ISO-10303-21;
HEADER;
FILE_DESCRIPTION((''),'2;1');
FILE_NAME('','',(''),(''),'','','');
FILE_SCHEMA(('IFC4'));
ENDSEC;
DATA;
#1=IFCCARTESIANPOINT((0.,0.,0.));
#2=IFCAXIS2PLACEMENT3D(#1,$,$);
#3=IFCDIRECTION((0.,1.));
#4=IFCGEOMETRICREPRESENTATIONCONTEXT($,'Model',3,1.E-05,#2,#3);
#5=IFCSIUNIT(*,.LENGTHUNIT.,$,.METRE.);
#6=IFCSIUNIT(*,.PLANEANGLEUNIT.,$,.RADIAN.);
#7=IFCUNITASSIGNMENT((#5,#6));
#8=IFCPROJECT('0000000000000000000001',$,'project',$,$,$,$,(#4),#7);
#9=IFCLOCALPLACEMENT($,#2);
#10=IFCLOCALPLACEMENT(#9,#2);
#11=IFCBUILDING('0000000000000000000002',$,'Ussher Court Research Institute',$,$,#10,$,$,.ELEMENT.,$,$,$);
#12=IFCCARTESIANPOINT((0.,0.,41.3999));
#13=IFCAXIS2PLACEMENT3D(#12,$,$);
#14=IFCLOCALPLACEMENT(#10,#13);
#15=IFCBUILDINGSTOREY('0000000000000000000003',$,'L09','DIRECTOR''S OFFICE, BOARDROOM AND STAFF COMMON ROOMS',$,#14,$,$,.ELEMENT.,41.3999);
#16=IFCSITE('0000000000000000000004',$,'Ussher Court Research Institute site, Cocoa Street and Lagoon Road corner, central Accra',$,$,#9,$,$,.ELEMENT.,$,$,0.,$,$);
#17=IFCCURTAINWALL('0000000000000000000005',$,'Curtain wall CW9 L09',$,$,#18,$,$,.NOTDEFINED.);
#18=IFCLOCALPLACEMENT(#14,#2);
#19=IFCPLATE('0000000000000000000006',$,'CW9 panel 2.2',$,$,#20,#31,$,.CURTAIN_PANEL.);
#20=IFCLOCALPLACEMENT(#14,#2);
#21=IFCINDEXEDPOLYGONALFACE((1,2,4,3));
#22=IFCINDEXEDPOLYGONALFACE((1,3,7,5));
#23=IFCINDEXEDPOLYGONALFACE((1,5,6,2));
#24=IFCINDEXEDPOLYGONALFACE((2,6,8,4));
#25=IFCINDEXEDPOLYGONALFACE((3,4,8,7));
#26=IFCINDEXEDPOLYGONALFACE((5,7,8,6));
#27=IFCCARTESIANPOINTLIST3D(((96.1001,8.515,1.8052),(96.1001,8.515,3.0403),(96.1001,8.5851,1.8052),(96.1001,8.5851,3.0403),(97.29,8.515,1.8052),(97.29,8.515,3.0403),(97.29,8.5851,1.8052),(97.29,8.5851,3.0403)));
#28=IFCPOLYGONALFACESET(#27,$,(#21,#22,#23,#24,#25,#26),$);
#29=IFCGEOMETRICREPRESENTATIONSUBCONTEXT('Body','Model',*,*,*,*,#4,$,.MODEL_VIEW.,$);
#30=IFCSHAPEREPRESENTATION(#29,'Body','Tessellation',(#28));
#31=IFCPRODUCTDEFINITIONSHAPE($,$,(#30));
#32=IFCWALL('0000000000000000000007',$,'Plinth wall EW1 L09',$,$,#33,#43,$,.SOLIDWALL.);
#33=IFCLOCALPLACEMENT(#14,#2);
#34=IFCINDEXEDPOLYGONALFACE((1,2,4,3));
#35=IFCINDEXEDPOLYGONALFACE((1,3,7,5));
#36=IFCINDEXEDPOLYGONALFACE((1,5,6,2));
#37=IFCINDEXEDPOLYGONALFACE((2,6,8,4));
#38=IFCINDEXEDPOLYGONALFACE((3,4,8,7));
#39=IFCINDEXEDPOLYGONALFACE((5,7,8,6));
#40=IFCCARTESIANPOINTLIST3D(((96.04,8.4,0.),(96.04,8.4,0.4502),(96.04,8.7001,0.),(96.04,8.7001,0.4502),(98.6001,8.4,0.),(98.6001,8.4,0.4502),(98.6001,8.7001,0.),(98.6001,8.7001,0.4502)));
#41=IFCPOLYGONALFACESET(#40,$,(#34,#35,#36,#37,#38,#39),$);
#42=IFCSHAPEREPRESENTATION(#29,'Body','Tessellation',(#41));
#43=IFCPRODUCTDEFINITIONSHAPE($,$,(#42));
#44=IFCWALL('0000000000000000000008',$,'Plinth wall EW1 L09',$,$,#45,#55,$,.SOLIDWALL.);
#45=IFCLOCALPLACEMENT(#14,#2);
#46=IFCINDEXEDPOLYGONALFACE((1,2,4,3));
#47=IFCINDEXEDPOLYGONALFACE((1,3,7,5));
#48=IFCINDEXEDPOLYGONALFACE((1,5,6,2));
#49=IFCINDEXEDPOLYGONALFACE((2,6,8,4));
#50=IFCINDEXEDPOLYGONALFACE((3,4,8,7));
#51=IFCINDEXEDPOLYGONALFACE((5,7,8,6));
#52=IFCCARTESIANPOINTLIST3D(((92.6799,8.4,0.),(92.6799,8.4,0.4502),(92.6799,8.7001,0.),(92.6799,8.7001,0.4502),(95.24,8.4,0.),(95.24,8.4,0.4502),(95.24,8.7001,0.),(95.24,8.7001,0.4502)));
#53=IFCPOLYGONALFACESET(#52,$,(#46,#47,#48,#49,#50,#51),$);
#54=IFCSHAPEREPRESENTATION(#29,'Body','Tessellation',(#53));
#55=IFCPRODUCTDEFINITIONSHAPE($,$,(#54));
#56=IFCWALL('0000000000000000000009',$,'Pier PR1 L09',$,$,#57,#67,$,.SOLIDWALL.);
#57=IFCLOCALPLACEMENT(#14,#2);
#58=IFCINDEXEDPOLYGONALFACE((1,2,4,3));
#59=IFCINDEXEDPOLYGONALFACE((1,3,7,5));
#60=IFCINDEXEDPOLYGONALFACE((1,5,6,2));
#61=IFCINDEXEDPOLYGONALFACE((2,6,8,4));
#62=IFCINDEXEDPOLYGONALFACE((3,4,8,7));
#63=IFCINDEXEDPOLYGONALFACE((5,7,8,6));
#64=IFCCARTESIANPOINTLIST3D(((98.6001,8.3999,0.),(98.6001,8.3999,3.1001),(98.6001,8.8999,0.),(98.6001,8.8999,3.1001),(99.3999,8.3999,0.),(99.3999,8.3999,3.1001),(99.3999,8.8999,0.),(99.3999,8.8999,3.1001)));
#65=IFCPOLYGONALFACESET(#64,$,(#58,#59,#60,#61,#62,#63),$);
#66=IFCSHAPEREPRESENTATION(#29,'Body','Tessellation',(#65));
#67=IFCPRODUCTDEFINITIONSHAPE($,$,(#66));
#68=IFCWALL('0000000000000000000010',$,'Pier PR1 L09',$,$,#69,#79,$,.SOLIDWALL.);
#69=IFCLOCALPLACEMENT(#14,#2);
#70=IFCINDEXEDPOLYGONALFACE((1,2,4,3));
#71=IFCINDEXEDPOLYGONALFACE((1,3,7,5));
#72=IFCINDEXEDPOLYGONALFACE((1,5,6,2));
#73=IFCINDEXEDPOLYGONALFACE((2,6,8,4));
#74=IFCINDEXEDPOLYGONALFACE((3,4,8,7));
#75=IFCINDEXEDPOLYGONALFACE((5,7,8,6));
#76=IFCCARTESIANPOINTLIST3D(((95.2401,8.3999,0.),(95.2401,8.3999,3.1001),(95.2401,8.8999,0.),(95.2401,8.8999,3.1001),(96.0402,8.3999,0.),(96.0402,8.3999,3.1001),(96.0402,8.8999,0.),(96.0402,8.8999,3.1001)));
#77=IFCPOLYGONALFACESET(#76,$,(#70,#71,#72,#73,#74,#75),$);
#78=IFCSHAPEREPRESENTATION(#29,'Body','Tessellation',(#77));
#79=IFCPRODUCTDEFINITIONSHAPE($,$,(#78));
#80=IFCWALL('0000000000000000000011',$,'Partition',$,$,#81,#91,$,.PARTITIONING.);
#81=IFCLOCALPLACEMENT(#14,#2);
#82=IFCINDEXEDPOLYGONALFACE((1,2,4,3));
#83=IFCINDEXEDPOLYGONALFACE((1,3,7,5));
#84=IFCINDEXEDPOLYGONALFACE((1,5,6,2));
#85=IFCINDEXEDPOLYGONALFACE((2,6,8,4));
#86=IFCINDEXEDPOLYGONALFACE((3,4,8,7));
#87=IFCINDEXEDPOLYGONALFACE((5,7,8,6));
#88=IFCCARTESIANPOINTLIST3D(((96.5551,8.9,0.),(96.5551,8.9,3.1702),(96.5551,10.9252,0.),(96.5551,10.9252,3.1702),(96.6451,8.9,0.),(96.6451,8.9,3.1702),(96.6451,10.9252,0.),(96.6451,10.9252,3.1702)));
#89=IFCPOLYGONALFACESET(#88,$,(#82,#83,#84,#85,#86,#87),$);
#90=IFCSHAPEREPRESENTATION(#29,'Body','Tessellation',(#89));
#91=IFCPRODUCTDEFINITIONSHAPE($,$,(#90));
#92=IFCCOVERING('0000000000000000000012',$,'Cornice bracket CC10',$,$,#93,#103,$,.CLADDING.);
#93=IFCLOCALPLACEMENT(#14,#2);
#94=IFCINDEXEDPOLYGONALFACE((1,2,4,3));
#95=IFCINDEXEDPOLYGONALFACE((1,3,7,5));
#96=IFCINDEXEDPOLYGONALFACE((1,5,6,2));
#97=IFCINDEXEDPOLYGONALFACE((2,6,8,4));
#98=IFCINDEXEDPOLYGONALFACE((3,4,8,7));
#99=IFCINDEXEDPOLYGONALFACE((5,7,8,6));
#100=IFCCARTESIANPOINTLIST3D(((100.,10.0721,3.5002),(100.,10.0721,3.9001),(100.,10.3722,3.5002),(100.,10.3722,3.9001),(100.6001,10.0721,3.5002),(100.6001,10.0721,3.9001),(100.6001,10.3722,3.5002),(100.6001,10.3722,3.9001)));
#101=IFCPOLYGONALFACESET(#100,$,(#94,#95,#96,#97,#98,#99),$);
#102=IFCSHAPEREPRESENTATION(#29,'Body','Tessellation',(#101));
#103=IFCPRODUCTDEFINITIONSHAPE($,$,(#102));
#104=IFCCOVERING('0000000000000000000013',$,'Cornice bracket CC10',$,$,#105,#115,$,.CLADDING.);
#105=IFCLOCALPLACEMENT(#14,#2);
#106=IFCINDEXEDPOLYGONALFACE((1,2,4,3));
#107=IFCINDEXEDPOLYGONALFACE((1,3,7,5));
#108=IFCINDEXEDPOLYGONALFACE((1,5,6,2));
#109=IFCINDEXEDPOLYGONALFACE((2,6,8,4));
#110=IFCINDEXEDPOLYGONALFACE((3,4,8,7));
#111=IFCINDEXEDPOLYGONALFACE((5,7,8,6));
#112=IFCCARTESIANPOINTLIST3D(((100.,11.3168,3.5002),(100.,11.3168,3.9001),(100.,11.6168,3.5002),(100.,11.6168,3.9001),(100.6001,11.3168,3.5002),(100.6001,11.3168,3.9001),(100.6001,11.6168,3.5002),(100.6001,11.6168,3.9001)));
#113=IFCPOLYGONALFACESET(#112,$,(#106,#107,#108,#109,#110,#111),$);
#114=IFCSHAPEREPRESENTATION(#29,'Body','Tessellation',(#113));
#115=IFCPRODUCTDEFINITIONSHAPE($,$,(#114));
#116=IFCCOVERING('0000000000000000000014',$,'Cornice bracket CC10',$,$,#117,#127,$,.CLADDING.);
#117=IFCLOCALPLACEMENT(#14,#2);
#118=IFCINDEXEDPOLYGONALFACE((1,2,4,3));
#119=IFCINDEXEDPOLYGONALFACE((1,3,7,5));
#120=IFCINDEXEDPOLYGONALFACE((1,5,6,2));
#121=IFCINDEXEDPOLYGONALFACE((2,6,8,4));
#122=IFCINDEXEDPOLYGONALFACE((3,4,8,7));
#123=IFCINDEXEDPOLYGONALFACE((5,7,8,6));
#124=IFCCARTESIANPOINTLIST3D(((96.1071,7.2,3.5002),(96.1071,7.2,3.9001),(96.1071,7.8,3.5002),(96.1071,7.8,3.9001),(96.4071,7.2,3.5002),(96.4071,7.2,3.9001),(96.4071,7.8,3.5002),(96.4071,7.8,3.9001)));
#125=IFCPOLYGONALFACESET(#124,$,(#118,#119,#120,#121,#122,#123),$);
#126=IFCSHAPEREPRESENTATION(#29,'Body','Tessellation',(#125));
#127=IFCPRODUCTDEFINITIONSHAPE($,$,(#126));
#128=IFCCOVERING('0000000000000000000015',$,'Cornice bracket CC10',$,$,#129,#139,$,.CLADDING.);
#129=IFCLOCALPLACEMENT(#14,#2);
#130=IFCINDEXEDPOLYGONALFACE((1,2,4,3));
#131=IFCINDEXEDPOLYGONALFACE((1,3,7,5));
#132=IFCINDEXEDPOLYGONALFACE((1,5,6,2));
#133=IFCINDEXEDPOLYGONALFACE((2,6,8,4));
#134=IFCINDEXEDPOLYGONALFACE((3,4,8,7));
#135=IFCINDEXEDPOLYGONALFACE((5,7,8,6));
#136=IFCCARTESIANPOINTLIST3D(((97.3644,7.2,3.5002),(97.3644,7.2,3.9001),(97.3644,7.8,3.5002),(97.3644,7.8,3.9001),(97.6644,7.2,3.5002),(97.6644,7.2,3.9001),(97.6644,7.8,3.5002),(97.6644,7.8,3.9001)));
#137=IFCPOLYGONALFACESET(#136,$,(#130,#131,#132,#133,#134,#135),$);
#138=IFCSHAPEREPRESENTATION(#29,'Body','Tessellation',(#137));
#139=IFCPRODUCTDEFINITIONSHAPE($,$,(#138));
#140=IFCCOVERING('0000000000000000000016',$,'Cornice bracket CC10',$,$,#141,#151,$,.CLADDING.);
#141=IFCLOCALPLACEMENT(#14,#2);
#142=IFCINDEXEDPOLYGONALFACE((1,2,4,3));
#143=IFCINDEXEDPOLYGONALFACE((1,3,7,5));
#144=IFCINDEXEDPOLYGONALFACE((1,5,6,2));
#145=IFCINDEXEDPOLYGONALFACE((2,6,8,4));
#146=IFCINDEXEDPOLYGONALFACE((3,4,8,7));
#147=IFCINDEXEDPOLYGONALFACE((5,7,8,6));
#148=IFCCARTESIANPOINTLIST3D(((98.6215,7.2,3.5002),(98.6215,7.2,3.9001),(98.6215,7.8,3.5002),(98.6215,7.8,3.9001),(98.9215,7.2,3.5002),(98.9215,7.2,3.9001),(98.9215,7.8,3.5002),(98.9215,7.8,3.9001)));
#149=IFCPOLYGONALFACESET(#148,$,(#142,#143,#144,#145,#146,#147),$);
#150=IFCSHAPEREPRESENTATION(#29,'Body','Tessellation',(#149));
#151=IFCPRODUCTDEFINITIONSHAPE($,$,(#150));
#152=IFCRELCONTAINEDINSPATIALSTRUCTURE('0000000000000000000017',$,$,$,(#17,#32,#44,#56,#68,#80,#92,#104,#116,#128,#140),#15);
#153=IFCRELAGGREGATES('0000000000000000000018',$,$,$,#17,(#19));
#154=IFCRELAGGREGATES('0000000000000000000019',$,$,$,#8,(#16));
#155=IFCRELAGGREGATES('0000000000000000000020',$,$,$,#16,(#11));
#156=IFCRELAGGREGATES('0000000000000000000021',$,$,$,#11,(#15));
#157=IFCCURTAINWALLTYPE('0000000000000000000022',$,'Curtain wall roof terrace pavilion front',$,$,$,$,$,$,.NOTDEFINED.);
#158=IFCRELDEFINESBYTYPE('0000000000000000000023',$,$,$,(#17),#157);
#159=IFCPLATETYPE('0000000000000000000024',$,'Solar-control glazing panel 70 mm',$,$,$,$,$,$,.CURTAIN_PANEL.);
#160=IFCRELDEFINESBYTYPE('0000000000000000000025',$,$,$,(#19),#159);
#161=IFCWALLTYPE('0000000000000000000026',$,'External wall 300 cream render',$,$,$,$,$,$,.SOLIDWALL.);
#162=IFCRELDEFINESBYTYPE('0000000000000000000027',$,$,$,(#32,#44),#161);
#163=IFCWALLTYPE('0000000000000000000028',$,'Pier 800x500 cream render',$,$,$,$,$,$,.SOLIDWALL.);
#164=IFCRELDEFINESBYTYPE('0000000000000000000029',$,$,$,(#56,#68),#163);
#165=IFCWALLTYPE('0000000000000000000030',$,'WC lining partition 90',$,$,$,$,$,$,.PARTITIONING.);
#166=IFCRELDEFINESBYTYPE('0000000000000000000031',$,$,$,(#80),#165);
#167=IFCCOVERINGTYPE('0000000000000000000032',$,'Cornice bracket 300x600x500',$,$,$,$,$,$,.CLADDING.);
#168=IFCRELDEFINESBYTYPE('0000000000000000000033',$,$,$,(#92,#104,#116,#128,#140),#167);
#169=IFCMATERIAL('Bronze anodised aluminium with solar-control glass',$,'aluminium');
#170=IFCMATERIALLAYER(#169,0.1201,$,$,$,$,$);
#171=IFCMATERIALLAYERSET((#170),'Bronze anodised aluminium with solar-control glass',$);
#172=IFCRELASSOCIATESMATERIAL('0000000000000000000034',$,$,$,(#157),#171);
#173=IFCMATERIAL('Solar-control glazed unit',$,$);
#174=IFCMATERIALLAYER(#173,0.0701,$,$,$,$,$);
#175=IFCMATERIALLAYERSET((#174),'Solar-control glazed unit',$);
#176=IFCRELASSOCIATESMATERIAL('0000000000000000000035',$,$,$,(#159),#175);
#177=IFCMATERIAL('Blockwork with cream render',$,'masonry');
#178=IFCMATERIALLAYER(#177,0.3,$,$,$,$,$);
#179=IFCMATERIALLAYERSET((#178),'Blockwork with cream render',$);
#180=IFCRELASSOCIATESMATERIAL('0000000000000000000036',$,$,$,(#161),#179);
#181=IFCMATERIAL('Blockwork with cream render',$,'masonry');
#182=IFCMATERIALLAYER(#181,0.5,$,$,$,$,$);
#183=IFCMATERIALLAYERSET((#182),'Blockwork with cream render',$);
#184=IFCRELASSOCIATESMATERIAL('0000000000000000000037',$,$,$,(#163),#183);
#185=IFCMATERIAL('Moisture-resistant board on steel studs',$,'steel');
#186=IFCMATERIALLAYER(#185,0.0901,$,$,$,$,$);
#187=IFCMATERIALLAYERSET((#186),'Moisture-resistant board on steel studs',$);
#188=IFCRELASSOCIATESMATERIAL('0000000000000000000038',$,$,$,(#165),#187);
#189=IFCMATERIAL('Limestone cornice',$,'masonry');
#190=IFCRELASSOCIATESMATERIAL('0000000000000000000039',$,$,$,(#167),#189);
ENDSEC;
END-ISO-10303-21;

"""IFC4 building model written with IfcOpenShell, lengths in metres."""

from ifc_helpers import new_model, si_unit, direction, frame, frame_2d, origin, origin_2d, place, context, subcontext, project, spatial, rectangle, extrude, material, layer, layer_set, type_object, element, aggregate, save


model = new_model("IFC4")

# Units and contexts
model_context = context("Model", 3, precision=1e-05, world=origin(), true_north=direction((0.0, 1.0)))
body_context = subcontext(model_context, "Body", "Model", "MODEL_VIEW")
ifc_project = project(units=[si_unit("LENGTHUNIT", "METRE"), si_unit("PLANEANGLEUNIT", "RADIAN")], contexts=[model_context])

# Site, building, storey
site_placement = place(None, origin())
site = spatial("IfcSite", under=ifc_project, at=site_placement, Name="Ussher Court Research Institute site, Cocoa Street and Lagoon Road corner, central Accra", CompositionType="ELEMENT", RefElevation=0.0)
building_placement = place(site_placement, origin())
building = spatial("IfcBuilding", under=site, at=building_placement, Name="Ussher Court Research Institute", CompositionType="ELEMENT")
storey_placement = place(building_placement, frame((0.0, 0.0, 41.3999)))
storey = spatial("IfcBuildingStorey", under=building, at=storey_placement, Name="L09", Description="DIRECTOR'S OFFICE, BOARDROOM AND STAFF COMMON ROOMS", CompositionType="ELEMENT", Elevation=41.3999)

# Curtain wall
ifc_material_1 = material(Name="Bronze anodised aluminium with solar-control glass", Category="aluminium")
ifc_layer_1 = layer(ifc_material_1, 0.1201)
ifc_layer_set_1 = layer_set([ifc_layer_1], Name="Bronze anodised aluminium with solar-control glass")
curtain_wall_type = type_object("IfcCurtainWallType", Name="Curtain wall roof terrace pavilion front", PredefinedType="NOTDEFINED", material=ifc_layer_set_1)
curtain_wall_1_placement = place(storey_placement, origin())
curtain_wall_1 = element("IfcCurtainWall", 1, at=curtain_wall_1_placement, inside=storey, type_object=curtain_wall_type, Name="Curtain wall CW9 L09", PredefinedType="NOTDEFINED")

# Plate
ifc_material_2 = material(Name="Solar-control glazed unit")
ifc_layer_2 = layer(ifc_material_2, 0.0701)
ifc_layer_set_2 = layer_set([ifc_layer_2], Name="Solar-control glazed unit")
plate_type = type_object("IfcPlateType", Name="Solar-control glazing panel 70 mm", PredefinedType="CURTAIN_PANEL", material=ifc_layer_set_2)
plate_1_placement = place(storey_placement, frame((96.6951, 8.55, 1.8052), z_axis=(0.0, 0.0, 1.0), x_axis=(-1.0, 0.0, 0.0)))
plate_1 = element("IfcPlate", 2, at=plate_1_placement, type_object=plate_type, Name="CW9 panel 2.2", PredefinedType="CURTAIN_PANEL", context=body_context, shape_type="SweptSolid", body=[
    extrude(rectangle(XDim=1.1899, YDim=0.0701, at=origin_2d()), origin(), (0.0, 0.0, 1.0), 1.2351),
])
aggregate(curtain_wall_1, [plate_1])

# Walls
ifc_material_3 = material(Name="Blockwork with cream render", Category="masonry")
ifc_layer_3 = layer(ifc_material_3, 0.3)
ifc_layer_set_3 = layer_set([ifc_layer_3], Name="Blockwork with cream render")
wall_type_1 = type_object("IfcWallType", Name="External wall 300 cream render", PredefinedType="SOLIDWALL", material=ifc_layer_set_3)
for number, where, z_axis, x_axis, name in (
    (3, (98.6001, 8.55, 0.0), (0.0, 0.0, 1.0), (-1.0, 0.0, 0.0), "Plinth wall EW1 L09"),
    (4, (95.24, 8.55, 0.0), (0.0, 0.0, 1.0), (-1.0, 0.0, 0.0), "Plinth wall EW1 L09"),
):
    element("IfcWall", number, at=place(storey_placement, frame(where, z_axis=z_axis, x_axis=x_axis)), inside=storey, type_object=wall_type_1, Name=name, PredefinedType="SOLIDWALL", context=body_context, shape_type="SweptSolid", body=[
        extrude(rectangle(XDim=2.5601, YDim=0.3, at=frame_2d((1.28, 0.0))), origin(), (0.0, 0.0, 1.0), 0.4502),
    ])
ifc_material_4 = material(Name="Blockwork with cream render", Category="masonry")
ifc_layer_4 = layer(ifc_material_4, 0.5)
ifc_layer_set_4 = layer_set([ifc_layer_4], Name="Blockwork with cream render")
wall_type_2 = type_object("IfcWallType", Name="Pier 800x500 cream render", PredefinedType="SOLIDWALL", material=ifc_layer_set_4)
wall_1_placement = place(storey_placement, frame((99.3999, 8.6499, 0.0), z_axis=(0.0, 0.0, 1.0), x_axis=(-1.0, 0.0, 0.0)))
element("IfcWall", 5, at=wall_1_placement, inside=storey, type_object=wall_type_2, Name="Pier PR1 L09", PredefinedType="SOLIDWALL", context=body_context, shape_type="SweptSolid", body=[
    extrude(rectangle(XDim=0.7998, YDim=0.5, at=frame_2d((0.3999, 0.0))), origin(), (0.0, 0.0, 1.0), 3.1001),
])
wall_2_placement = place(storey_placement, frame((96.04, 8.6499, 0.0), z_axis=(0.0, 0.0, 1.0), x_axis=(-1.0, 0.0, 0.0)))
element("IfcWall", 6, at=wall_2_placement, inside=storey, type_object=wall_type_2, Name="Pier PR1 L09", PredefinedType="SOLIDWALL", context=body_context, shape_type="SweptSolid", body=[
    extrude(rectangle(XDim=0.8, YDim=0.5, at=frame_2d((0.3999, 0.0))), origin(), (0.0, 0.0, 1.0), 3.1001),
])
ifc_material_5 = material(Name="Moisture-resistant board on steel studs", Category="steel")
ifc_layer_5 = layer(ifc_material_5, 0.0901)
ifc_layer_set_5 = layer_set([ifc_layer_5], Name="Moisture-resistant board on steel studs")
wall_type_3 = type_object("IfcWallType", Name="WC lining partition 90", PredefinedType="PARTITIONING", material=ifc_layer_set_5)
wall_3_placement = place(storey_placement, frame((96.6001, 8.8999, 0.0), z_axis=(0.0, 0.0, 1.0), x_axis=(0.0, 1.0, 0.0)))
element("IfcWall", 7, at=wall_3_placement, inside=storey, type_object=wall_type_3, Name="Partition", PredefinedType="PARTITIONING", context=body_context, shape_type="SweptSolid", body=[
    extrude(rectangle(XDim=2.0251, YDim=0.0901, at=frame_2d((1.0127, 0.0))), origin(), (0.0, 0.0, 1.0), 3.1702),
])

# Coverings
ifc_material_6 = material(Name="Limestone cornice", Category="masonry")
covering_type = type_object("IfcCoveringType", Name="Cornice bracket 300x600x500", PredefinedType="CLADDING", material=ifc_material_6)
for number, where, z_axis, x_axis, name in (
    (8, (100.3, 10.2222, 3.5002), (0.0, 0.0, 1.0), (0.0, 1.0, 0.0), "Cornice bracket CC10"),
    (9, (100.3, 11.4668, 3.5002), (0.0, 0.0, 1.0), (0.0, 1.0, 0.0), "Cornice bracket CC10"),
    (10, (96.2571, 7.5, 3.5002), (0.0, 0.0, 1.0), (1.0, 0.0, 0.0), "Cornice bracket CC10"),
    (11, (97.5144, 7.5, 3.5002), (0.0, 0.0, 1.0), (1.0, 0.0, 0.0), "Cornice bracket CC10"),
    (12, (98.7715, 7.5, 3.5002), (0.0, 0.0, 1.0), (1.0, 0.0, 0.0), "Cornice bracket CC10"),
):
    element("IfcCovering", number, at=place(storey_placement, frame(where, z_axis=z_axis, x_axis=x_axis)), inside=storey, type_object=covering_type, Name=name, PredefinedType="CLADDING", context=body_context, shape_type="SweptSolid", body=[
        extrude(rectangle(XDim=0.3, YDim=0.6001, at=origin_2d()), origin(), (0.0, 0.0, 1.0), 0.3999),
    ])

save(model, "model.ifc")
